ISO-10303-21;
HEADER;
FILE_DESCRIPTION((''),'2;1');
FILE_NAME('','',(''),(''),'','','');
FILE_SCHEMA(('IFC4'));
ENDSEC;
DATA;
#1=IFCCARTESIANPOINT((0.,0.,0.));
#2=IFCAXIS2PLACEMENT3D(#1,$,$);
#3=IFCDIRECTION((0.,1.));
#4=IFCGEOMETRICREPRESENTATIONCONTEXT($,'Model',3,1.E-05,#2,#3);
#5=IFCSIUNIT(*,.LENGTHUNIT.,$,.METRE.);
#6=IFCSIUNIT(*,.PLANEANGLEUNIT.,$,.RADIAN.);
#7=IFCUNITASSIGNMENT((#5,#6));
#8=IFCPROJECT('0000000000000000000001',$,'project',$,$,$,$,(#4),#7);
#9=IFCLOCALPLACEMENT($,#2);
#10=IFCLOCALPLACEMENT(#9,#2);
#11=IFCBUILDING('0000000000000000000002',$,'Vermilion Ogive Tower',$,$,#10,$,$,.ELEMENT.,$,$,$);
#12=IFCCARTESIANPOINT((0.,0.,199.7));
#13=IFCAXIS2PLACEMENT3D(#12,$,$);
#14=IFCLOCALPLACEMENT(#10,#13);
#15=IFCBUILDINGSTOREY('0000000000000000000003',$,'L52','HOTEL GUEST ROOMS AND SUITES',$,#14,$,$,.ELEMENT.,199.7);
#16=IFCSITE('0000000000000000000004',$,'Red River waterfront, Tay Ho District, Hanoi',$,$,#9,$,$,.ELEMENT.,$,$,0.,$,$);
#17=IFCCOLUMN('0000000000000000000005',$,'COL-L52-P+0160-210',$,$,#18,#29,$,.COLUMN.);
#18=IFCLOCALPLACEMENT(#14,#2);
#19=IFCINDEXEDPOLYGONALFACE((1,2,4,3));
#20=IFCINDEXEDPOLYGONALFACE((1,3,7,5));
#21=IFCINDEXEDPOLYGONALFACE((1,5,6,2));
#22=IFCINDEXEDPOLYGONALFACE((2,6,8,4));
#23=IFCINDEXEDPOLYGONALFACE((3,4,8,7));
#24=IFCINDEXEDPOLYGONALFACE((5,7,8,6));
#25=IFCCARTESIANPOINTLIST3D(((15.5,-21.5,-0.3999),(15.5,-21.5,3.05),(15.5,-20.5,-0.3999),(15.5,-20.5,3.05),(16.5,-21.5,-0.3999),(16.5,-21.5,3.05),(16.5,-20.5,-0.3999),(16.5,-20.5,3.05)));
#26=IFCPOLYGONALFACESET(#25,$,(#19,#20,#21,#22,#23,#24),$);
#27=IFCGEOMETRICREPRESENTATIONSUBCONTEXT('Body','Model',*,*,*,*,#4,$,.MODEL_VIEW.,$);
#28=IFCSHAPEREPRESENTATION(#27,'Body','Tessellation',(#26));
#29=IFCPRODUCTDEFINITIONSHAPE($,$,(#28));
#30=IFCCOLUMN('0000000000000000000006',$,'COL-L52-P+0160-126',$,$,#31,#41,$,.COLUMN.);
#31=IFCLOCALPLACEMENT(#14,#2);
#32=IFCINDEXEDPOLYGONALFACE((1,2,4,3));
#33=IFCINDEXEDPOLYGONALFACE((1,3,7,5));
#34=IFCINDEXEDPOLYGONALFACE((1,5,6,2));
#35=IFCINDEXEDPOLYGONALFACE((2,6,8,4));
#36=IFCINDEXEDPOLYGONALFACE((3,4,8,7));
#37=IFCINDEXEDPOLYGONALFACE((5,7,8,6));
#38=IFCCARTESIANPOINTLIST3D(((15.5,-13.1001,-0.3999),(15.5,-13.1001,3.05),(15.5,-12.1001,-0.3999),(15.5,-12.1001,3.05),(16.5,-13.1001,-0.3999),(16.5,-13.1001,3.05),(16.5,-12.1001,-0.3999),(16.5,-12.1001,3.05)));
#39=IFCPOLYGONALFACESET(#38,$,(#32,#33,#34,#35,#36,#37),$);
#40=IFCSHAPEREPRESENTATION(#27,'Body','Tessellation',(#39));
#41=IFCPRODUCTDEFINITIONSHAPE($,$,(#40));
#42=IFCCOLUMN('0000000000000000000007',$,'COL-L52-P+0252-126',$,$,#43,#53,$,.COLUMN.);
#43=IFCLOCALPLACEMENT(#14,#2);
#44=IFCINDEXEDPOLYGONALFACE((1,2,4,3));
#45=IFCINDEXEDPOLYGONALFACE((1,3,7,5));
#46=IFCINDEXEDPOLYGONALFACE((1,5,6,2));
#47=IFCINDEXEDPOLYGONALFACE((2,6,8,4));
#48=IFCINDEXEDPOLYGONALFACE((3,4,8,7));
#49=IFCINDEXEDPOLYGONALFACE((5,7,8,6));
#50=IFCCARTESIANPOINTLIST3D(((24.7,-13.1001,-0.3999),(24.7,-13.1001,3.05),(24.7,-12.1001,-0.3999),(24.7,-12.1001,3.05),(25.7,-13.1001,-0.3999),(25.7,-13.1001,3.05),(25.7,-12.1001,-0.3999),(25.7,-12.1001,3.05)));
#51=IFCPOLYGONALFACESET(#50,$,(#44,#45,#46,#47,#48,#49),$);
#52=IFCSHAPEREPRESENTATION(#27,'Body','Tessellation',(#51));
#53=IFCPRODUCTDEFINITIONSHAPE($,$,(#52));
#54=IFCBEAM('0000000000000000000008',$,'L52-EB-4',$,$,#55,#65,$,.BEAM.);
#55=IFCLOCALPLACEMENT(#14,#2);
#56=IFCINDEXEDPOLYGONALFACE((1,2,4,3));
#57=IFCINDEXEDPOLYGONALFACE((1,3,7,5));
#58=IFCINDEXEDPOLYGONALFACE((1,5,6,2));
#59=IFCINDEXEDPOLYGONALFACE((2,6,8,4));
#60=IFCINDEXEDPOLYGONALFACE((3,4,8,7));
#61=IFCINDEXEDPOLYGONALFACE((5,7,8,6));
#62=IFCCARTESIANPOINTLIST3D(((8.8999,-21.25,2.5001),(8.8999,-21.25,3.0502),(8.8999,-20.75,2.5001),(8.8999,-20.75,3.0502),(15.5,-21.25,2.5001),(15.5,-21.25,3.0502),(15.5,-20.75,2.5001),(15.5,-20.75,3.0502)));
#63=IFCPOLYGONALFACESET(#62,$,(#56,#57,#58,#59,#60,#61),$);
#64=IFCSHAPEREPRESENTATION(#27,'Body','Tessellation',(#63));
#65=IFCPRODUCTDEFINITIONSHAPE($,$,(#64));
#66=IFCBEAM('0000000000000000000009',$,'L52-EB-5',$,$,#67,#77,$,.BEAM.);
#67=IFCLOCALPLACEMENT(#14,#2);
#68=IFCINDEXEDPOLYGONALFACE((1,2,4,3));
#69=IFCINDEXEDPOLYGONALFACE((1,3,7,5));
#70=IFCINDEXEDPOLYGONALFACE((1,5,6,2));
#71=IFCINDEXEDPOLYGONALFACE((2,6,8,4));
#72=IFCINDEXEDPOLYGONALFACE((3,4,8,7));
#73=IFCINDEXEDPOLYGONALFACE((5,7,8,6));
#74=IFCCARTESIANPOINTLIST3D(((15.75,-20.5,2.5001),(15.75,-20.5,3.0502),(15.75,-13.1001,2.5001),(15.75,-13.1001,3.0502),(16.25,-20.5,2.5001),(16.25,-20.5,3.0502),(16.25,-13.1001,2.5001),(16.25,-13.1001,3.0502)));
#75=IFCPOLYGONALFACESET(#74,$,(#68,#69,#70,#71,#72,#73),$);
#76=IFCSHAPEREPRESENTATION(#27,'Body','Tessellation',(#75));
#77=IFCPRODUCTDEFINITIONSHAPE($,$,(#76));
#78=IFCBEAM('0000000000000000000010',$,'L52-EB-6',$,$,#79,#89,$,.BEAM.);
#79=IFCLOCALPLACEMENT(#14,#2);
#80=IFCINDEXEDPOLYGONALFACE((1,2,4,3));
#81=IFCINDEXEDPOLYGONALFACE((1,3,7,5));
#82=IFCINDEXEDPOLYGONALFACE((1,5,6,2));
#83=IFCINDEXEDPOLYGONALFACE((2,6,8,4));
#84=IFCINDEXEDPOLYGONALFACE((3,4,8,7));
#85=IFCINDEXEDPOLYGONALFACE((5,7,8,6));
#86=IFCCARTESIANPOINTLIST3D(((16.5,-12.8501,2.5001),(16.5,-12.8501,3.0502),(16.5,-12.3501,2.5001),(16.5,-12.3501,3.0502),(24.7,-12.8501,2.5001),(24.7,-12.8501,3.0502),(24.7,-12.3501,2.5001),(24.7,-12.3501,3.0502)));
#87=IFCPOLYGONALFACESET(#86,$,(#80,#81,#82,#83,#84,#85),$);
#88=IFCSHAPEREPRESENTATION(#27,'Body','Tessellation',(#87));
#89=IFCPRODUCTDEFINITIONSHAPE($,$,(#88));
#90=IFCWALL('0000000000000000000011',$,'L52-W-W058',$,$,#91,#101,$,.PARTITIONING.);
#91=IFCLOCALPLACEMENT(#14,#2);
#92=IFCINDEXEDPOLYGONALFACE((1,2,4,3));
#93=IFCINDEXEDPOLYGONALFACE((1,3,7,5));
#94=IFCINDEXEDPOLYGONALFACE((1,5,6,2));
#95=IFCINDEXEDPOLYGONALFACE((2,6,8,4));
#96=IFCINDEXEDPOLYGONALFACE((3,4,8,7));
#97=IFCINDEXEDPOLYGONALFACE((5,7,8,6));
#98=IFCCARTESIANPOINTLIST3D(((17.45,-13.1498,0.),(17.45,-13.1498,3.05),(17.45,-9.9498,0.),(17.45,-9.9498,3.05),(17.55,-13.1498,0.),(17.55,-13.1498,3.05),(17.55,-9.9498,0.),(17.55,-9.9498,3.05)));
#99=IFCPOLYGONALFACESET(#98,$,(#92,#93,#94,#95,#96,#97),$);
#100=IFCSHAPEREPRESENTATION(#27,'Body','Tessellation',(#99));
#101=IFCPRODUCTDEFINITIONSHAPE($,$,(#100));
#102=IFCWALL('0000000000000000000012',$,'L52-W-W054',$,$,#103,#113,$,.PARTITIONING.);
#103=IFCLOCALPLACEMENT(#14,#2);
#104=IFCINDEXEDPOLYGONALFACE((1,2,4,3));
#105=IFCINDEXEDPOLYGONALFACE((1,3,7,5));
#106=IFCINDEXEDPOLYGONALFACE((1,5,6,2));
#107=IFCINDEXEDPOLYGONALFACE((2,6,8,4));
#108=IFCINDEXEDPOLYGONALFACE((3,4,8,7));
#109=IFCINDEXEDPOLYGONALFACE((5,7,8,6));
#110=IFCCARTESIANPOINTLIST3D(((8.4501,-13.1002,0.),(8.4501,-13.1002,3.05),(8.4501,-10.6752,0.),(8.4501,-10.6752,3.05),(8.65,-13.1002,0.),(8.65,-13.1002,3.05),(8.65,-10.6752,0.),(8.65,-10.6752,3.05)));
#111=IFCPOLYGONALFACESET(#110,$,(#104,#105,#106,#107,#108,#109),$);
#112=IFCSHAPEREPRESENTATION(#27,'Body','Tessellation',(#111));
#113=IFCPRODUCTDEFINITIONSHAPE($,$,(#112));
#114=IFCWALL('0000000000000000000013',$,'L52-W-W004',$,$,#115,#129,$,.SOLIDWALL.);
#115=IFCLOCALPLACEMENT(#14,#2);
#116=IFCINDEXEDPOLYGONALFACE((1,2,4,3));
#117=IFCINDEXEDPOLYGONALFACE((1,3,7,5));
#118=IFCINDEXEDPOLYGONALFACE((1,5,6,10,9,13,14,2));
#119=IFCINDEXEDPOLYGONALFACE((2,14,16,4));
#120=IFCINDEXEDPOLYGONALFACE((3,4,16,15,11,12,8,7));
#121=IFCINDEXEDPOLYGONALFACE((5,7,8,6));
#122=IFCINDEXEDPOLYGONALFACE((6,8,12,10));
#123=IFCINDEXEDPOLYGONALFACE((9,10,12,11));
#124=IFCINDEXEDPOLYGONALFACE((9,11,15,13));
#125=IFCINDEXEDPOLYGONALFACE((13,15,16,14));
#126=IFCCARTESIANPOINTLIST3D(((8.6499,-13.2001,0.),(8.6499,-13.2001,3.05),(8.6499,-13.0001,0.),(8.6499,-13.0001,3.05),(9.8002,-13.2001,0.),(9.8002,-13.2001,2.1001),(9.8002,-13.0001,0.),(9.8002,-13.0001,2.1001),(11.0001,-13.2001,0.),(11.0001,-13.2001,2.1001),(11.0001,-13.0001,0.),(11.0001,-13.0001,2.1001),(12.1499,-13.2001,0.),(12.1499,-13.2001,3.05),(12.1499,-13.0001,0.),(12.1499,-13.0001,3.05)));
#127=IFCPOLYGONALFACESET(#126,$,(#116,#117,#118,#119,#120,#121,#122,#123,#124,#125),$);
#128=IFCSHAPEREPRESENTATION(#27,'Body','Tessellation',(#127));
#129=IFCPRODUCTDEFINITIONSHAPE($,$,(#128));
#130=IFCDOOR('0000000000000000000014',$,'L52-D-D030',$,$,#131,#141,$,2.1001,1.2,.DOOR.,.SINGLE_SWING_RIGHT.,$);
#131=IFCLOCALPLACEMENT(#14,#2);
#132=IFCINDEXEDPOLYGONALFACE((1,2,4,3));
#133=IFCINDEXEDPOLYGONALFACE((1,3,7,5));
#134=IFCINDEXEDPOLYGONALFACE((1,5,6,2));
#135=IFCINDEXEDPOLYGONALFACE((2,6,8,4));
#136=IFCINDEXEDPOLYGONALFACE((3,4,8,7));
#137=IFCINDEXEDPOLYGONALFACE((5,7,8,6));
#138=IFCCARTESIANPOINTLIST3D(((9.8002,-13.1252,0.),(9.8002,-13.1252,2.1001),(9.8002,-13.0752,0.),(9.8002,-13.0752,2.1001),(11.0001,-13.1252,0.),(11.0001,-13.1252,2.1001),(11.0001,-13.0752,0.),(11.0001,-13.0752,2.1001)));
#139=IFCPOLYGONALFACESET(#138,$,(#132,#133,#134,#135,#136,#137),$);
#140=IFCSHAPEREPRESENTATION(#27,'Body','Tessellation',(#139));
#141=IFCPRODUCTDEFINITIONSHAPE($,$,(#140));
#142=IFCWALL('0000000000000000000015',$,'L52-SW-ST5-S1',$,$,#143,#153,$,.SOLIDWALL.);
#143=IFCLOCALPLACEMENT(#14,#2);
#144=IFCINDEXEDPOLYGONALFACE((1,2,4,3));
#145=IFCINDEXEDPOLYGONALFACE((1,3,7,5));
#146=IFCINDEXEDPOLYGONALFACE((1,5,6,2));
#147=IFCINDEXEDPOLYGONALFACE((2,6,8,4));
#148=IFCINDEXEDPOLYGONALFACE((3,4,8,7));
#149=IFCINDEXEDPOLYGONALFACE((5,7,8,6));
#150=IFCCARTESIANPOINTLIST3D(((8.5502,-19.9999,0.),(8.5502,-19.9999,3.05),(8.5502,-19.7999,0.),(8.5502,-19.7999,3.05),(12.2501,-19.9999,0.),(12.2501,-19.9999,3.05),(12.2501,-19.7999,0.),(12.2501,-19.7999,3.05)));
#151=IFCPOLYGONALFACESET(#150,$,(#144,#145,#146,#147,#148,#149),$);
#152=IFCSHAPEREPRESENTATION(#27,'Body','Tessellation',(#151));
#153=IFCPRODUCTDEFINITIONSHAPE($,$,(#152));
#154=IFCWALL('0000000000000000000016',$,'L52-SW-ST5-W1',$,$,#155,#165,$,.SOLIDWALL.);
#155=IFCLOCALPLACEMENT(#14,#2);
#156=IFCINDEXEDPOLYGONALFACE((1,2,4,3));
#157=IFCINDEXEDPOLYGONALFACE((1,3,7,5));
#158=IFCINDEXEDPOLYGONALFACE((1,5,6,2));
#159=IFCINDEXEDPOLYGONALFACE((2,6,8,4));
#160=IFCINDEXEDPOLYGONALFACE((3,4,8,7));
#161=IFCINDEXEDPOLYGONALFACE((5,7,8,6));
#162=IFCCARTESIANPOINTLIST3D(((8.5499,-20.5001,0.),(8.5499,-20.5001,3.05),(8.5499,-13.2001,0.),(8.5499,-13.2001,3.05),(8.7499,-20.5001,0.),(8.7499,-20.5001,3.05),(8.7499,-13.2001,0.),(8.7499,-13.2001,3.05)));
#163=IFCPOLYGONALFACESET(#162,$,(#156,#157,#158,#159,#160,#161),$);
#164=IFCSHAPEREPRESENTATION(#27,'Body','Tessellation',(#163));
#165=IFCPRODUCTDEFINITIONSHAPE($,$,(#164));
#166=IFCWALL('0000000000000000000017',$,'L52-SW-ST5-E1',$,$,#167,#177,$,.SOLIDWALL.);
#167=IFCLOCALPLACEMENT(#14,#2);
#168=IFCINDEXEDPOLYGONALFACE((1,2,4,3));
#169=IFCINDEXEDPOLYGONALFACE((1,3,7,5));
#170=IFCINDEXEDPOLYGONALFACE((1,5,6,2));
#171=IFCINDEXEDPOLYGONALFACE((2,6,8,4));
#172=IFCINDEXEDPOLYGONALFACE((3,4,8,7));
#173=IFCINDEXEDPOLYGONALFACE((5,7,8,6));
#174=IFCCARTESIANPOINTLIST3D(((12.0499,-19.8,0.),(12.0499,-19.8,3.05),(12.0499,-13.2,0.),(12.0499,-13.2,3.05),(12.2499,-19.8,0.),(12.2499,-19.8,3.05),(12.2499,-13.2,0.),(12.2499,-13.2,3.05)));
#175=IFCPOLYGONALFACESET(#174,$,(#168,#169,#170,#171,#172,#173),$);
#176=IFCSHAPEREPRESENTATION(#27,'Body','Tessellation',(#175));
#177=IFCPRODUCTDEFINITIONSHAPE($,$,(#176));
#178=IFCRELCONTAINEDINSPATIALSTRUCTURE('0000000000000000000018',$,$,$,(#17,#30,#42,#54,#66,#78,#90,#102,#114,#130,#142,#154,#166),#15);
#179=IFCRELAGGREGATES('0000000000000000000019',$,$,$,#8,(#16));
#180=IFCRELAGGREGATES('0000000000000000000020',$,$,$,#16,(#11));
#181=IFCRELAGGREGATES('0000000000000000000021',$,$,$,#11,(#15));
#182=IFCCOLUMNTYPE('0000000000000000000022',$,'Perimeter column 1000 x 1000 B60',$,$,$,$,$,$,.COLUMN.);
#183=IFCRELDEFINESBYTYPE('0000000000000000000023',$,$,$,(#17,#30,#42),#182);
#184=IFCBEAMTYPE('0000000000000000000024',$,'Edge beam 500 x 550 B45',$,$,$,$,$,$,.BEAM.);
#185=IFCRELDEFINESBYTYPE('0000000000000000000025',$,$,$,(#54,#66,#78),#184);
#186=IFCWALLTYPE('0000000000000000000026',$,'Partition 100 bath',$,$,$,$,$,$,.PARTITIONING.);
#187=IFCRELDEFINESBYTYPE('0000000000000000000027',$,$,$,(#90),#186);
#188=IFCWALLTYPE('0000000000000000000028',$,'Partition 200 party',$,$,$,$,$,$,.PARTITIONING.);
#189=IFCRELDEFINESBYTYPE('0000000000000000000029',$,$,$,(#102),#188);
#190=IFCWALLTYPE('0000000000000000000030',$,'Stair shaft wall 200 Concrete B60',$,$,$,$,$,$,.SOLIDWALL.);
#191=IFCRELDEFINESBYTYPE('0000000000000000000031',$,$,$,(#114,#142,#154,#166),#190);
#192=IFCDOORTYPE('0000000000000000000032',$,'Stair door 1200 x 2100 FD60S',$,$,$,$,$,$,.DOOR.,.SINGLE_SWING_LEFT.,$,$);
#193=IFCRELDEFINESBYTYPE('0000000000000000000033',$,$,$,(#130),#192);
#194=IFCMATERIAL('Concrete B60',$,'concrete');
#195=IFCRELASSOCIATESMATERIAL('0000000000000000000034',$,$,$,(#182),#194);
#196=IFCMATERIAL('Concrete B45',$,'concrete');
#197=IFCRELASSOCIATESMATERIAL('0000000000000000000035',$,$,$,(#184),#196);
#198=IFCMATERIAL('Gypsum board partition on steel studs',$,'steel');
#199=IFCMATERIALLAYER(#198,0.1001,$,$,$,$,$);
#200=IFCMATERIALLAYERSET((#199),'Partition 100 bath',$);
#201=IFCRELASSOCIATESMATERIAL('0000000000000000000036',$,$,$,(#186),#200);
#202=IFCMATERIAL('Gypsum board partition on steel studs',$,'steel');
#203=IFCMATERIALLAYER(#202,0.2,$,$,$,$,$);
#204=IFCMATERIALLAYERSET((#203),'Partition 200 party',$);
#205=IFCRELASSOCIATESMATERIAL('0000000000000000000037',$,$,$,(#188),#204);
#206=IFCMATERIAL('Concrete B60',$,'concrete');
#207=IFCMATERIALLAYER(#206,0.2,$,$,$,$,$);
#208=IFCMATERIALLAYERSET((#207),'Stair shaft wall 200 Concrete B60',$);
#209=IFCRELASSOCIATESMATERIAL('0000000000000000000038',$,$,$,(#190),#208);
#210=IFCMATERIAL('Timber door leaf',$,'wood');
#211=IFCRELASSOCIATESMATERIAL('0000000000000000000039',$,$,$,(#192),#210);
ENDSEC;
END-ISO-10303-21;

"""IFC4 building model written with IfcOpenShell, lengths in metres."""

from ifc_helpers import new_model, si_unit, direction, frame, frame_2d, origin, origin_2d, place, context, subcontext, project, spatial, rectangle, extrude, material, layer, layer_set, material_profile, profile_set, type_object, element, fill, save


model = new_model("IFC4")

# Units and contexts
model_context = context("Model", 3, precision=1e-05, world=origin(), true_north=direction((0.0, 1.0)))
body_context = subcontext(model_context, "Body", "Model", "MODEL_VIEW")
ifc_project = project(units=[si_unit("LENGTHUNIT", "METRE"), si_unit("PLANEANGLEUNIT", "RADIAN")], contexts=[model_context])

# Site, building, storey
site_placement = place(None, origin())
site = spatial("IfcSite", under=ifc_project, at=site_placement, Name="Red River waterfront, Tay Ho District, Hanoi", CompositionType="ELEMENT", RefElevation=0.0)
building_placement = place(site_placement, origin())
building = spatial("IfcBuilding", under=site, at=building_placement, Name="Vermilion Ogive Tower", CompositionType="ELEMENT")
storey_placement = place(building_placement, frame((0.0, 0.0, 199.7)))
storey = spatial("IfcBuildingStorey", under=building, at=storey_placement, Name="L52", Description="HOTEL GUEST ROOMS AND SUITES", CompositionType="ELEMENT", Elevation=199.7)

# Columns
ifc_material_1 = material(Name="Concrete B60", Category="concrete")
ifc_material_profile_1 = material_profile(ifc_material_1, rectangle(XDim=1.0, YDim=1.0, at=origin_2d()), Name="1000 x 1000")
ifc_profile_set_1 = profile_set([ifc_material_profile_1], Name="Concrete B60")
column_type = type_object("IfcColumnType", Name="Perimeter column 1000 x 1000 B60", PredefinedType="COLUMN", material=ifc_profile_set_1)
for number, where, z_axis, x_axis, name in (
    (1, (16.0, -21.0, -0.3999), (0.0, 0.0, 1.0), (1.0, 0.0, 0.0), "COL-L52-P+0160-210"),
    (2, (16.0, -12.6001, -0.3999), (0.0, 0.0, 1.0), (1.0, 0.0, 0.0), "COL-L52-P+0160-126"),
    (3, (25.2, -12.6001, -0.3999), (0.0, 0.0, 1.0), (1.0, 0.0, 0.0), "COL-L52-P+0252-126"),
):
    element("IfcColumn", number, at=place(storey_placement, frame(where, z_axis=z_axis, x_axis=x_axis)), inside=storey, type_object=column_type, Name=name, PredefinedType="COLUMN", context=body_context, shape_type="SweptSolid", body=[
        extrude(rectangle(XDim=1.0, YDim=1.0, at=origin_2d()), origin(), (0.0, 0.0, 1.0), 3.45),
    ])

# Beams
ifc_material_2 = material(Name="Concrete B45", Category="concrete")
ifc_material_profile_2 = material_profile(ifc_material_2, rectangle(XDim=0.5, YDim=0.55, at=origin_2d()), Name="500 x 550")
ifc_profile_set_2 = profile_set([ifc_material_profile_2], Name="Concrete B45")
beam_type = type_object("IfcBeamType", Name="Edge beam 500 x 550 B45", PredefinedType="BEAM", material=ifc_profile_set_2)
beam_1_placement = place(storey_placement, frame((8.8999, -21.0, 2.7751), z_axis=(1.0, 0.0, 0.0), x_axis=(0.0, 1.0, 0.0)))
element("IfcBeam", 4, at=beam_1_placement, inside=storey, type_object=beam_type, Name="L52-EB-4", PredefinedType="BEAM", context=body_context, shape_type="SweptSolid", body=[
    extrude(rectangle(XDim=0.5, YDim=0.55, at=origin_2d()), origin(), (0.0, 0.0, 1.0), 6.6001),
])
beam_2_placement = place(storey_placement, frame((16.0, -20.5, 2.7751), z_axis=(0.0, 1.0, 0.0), x_axis=(-1.0, 0.0, 0.0)))
element("IfcBeam", 5, at=beam_2_placement, inside=storey, type_object=beam_type, Name="L52-EB-5", PredefinedType="BEAM", context=body_context, shape_type="SweptSolid", body=[
    extrude(rectangle(XDim=0.5, YDim=0.55, at=origin_2d()), origin(), (0.0, 0.0, 1.0), 7.3999),
])
beam_3_placement = place(storey_placement, frame((16.5, -12.6001, 2.7751), z_axis=(1.0, 0.0, 0.0), x_axis=(0.0, 1.0, 0.0)))
element("IfcBeam", 6, at=beam_3_placement, inside=storey, type_object=beam_type, Name="L52-EB-6", PredefinedType="BEAM", context=body_context, shape_type="SweptSolid", body=[
    extrude(rectangle(XDim=0.5, YDim=0.55, at=origin_2d()), origin(), (0.0, 0.0, 1.0), 8.2),
])

# Walls
ifc_material_3 = material(Name="Gypsum board partition on steel studs", Category="steel")
ifc_layer_1 = layer(ifc_material_3, 0.1001)
ifc_layer_set_1 = layer_set([ifc_layer_1], Name="Partition 100 bath")
wall_type_1 = type_object("IfcWallType", Name="Partition 100 bath", PredefinedType="PARTITIONING", material=ifc_layer_set_1)
wall_1_placement = place(storey_placement, frame((17.5, -13.1499, 0.0), z_axis=(0.0, 0.0, 1.0), x_axis=(0.0, 1.0, 0.0)))
element("IfcWall", 7, at=wall_1_placement, inside=storey, type_object=wall_type_1, Name="L52-W-W058", PredefinedType="PARTITIONING", context=body_context, shape_type="SweptSolid", body=[
    extrude(rectangle(XDim=3.2, YDim=0.1001, at=frame_2d((1.6001, 0.0))), origin(), (0.0, 0.0, 1.0), 3.05),
])
ifc_material_4 = material(Name="Gypsum board partition on steel studs", Category="steel")
ifc_layer_2 = layer(ifc_material_4, 0.2)
ifc_layer_set_2 = layer_set([ifc_layer_2], Name="Partition 200 party")
wall_type_2 = type_object("IfcWallType", Name="Partition 200 party", PredefinedType="PARTITIONING", material=ifc_layer_set_2)
wall_2_placement = place(storey_placement, frame((8.55, -13.1001, 0.0), z_axis=(0.0, 0.0, 1.0), x_axis=(0.0, 1.0, 0.0)))
element("IfcWall", 8, at=wall_2_placement, inside=storey, type_object=wall_type_2, Name="L52-W-W054", PredefinedType="PARTITIONING", context=body_context, shape_type="SweptSolid", body=[
    extrude(rectangle(XDim=2.425, YDim=0.2, at=frame_2d((1.2124, 0.0))), origin(), (0.0, 0.0, 1.0), 3.05),
])

# Wall, opening, door
ifc_material_5 = material(Name="Concrete B60", Category="concrete")
ifc_layer_3 = layer(ifc_material_5, 0.2)
ifc_layer_set_3 = layer_set([ifc_layer_3], Name="Stair shaft wall 200 Concrete B60")
wall_type_3 = type_object("IfcWallType", Name="Stair shaft wall 200 Concrete B60", PredefinedType="SOLIDWALL", material=ifc_layer_set_3)
wall_3_placement = place(storey_placement, frame((8.6499, -13.1001, 0.0), z_axis=(0.0, 0.0, 1.0), x_axis=(1.0, 0.0, 0.0)))
wall_3 = element("IfcWall", 9, at=wall_3_placement, inside=storey, type_object=wall_type_3, Name="L52-W-W004", PredefinedType="SOLIDWALL", context=body_context, shape_type="SweptSolid", body=[
    extrude(rectangle(XDim=3.5, YDim=0.2, at=frame_2d((1.75, 0.0))), origin(), (0.0, 0.0, 1.0), 3.05),
])
opening_1_placement = place(wall_3_placement, frame((1.1501, 0.0, 0.0)))
opening_1 = element("IfcOpeningElement", 10, at=opening_1_placement, cuts=wall_3, PredefinedType="OPENING", context=body_context, shape_type="SweptSolid", body=[
    extrude(rectangle(XDim=1.2, YDim=2.1001, at=frame_2d((0.6001, 1.05))), frame((0.0, 0.1099, 0.0), z_axis=(0.0, -1.0, 0.0), x_axis=(1.0, 0.0, 0.0)), (0.0, 0.0, 1.0), 0.22),
])
ifc_material_6 = material(Name="Timber door leaf", Category="wood")
door_type_1 = type_object("IfcDoorType", Name="Stair door 1200 x 2100 FD60S", OperationType="SINGLE_SWING_LEFT", PredefinedType="DOOR", material=ifc_material_6)
door_1_placement = place(opening_1_placement, origin())
door_1 = element("IfcDoor", 11, at=door_1_placement, inside=storey, type_object=door_type_1, Name="L52-D-D030", OperationType="SINGLE_SWING_RIGHT", OverallHeight=2.1001, OverallWidth=1.2, PredefinedType="DOOR", context=body_context, shape_type="SweptSolid", body=[
    extrude(rectangle(XDim=1.2, YDim=2.1001, at=frame_2d((0.6001, 1.05))), frame((0.0, 0.0249, 0.0), z_axis=(0.0, -1.0, 0.0), x_axis=(1.0, 0.0, 0.0)), (0.0, 0.0, 1.0), 0.05),
])
fill(opening_1, door_1)

# Walls
wall_4_placement = place(storey_placement, frame((8.55, -19.8999, 0.0), z_axis=(0.0, 0.0, 1.0), x_axis=(1.0, 0.0, 0.0)))
element("IfcWall", 12, at=wall_4_placement, inside=storey, type_object=wall_type_3, Name="L52-SW-ST5-S1", PredefinedType="SOLIDWALL", context=body_context, shape_type="SweptSolid", body=[
    extrude(rectangle(XDim=3.7, YDim=0.2, at=frame_2d((1.8501, 0.0))), origin(), (0.0, 0.0, 1.0), 3.05),
])
wall_5_placement = place(storey_placement, frame((8.6499, -20.5, 0.0), z_axis=(0.0, 0.0, 1.0), x_axis=(0.0, 1.0, 0.0)))
element("IfcWall", 13, at=wall_5_placement, inside=storey, type_object=wall_type_3, Name="L52-SW-ST5-W1", PredefinedType="SOLIDWALL", context=body_context, shape_type="SweptSolid", body=[
    extrude(rectangle(XDim=7.3, YDim=0.2, at=frame_2d((3.6499, 0.0))), origin(), (0.0, 0.0, 1.0), 3.05),
])
wall_6_placement = place(storey_placement, frame((12.1499, -19.8, 0.0), z_axis=(0.0, 0.0, 1.0), x_axis=(0.0, 1.0, 0.0)))
element("IfcWall", 14, at=wall_6_placement, inside=storey, type_object=wall_type_3, Name="L52-SW-ST5-E1", PredefinedType="SOLIDWALL", context=body_context, shape_type="SweptSolid", body=[
    extrude(rectangle(XDim=6.6001, YDim=0.2, at=frame_2d((3.3, 0.0))), origin(), (0.0, 0.0, 1.0), 3.05),
])

save(model, "model.ifc")
